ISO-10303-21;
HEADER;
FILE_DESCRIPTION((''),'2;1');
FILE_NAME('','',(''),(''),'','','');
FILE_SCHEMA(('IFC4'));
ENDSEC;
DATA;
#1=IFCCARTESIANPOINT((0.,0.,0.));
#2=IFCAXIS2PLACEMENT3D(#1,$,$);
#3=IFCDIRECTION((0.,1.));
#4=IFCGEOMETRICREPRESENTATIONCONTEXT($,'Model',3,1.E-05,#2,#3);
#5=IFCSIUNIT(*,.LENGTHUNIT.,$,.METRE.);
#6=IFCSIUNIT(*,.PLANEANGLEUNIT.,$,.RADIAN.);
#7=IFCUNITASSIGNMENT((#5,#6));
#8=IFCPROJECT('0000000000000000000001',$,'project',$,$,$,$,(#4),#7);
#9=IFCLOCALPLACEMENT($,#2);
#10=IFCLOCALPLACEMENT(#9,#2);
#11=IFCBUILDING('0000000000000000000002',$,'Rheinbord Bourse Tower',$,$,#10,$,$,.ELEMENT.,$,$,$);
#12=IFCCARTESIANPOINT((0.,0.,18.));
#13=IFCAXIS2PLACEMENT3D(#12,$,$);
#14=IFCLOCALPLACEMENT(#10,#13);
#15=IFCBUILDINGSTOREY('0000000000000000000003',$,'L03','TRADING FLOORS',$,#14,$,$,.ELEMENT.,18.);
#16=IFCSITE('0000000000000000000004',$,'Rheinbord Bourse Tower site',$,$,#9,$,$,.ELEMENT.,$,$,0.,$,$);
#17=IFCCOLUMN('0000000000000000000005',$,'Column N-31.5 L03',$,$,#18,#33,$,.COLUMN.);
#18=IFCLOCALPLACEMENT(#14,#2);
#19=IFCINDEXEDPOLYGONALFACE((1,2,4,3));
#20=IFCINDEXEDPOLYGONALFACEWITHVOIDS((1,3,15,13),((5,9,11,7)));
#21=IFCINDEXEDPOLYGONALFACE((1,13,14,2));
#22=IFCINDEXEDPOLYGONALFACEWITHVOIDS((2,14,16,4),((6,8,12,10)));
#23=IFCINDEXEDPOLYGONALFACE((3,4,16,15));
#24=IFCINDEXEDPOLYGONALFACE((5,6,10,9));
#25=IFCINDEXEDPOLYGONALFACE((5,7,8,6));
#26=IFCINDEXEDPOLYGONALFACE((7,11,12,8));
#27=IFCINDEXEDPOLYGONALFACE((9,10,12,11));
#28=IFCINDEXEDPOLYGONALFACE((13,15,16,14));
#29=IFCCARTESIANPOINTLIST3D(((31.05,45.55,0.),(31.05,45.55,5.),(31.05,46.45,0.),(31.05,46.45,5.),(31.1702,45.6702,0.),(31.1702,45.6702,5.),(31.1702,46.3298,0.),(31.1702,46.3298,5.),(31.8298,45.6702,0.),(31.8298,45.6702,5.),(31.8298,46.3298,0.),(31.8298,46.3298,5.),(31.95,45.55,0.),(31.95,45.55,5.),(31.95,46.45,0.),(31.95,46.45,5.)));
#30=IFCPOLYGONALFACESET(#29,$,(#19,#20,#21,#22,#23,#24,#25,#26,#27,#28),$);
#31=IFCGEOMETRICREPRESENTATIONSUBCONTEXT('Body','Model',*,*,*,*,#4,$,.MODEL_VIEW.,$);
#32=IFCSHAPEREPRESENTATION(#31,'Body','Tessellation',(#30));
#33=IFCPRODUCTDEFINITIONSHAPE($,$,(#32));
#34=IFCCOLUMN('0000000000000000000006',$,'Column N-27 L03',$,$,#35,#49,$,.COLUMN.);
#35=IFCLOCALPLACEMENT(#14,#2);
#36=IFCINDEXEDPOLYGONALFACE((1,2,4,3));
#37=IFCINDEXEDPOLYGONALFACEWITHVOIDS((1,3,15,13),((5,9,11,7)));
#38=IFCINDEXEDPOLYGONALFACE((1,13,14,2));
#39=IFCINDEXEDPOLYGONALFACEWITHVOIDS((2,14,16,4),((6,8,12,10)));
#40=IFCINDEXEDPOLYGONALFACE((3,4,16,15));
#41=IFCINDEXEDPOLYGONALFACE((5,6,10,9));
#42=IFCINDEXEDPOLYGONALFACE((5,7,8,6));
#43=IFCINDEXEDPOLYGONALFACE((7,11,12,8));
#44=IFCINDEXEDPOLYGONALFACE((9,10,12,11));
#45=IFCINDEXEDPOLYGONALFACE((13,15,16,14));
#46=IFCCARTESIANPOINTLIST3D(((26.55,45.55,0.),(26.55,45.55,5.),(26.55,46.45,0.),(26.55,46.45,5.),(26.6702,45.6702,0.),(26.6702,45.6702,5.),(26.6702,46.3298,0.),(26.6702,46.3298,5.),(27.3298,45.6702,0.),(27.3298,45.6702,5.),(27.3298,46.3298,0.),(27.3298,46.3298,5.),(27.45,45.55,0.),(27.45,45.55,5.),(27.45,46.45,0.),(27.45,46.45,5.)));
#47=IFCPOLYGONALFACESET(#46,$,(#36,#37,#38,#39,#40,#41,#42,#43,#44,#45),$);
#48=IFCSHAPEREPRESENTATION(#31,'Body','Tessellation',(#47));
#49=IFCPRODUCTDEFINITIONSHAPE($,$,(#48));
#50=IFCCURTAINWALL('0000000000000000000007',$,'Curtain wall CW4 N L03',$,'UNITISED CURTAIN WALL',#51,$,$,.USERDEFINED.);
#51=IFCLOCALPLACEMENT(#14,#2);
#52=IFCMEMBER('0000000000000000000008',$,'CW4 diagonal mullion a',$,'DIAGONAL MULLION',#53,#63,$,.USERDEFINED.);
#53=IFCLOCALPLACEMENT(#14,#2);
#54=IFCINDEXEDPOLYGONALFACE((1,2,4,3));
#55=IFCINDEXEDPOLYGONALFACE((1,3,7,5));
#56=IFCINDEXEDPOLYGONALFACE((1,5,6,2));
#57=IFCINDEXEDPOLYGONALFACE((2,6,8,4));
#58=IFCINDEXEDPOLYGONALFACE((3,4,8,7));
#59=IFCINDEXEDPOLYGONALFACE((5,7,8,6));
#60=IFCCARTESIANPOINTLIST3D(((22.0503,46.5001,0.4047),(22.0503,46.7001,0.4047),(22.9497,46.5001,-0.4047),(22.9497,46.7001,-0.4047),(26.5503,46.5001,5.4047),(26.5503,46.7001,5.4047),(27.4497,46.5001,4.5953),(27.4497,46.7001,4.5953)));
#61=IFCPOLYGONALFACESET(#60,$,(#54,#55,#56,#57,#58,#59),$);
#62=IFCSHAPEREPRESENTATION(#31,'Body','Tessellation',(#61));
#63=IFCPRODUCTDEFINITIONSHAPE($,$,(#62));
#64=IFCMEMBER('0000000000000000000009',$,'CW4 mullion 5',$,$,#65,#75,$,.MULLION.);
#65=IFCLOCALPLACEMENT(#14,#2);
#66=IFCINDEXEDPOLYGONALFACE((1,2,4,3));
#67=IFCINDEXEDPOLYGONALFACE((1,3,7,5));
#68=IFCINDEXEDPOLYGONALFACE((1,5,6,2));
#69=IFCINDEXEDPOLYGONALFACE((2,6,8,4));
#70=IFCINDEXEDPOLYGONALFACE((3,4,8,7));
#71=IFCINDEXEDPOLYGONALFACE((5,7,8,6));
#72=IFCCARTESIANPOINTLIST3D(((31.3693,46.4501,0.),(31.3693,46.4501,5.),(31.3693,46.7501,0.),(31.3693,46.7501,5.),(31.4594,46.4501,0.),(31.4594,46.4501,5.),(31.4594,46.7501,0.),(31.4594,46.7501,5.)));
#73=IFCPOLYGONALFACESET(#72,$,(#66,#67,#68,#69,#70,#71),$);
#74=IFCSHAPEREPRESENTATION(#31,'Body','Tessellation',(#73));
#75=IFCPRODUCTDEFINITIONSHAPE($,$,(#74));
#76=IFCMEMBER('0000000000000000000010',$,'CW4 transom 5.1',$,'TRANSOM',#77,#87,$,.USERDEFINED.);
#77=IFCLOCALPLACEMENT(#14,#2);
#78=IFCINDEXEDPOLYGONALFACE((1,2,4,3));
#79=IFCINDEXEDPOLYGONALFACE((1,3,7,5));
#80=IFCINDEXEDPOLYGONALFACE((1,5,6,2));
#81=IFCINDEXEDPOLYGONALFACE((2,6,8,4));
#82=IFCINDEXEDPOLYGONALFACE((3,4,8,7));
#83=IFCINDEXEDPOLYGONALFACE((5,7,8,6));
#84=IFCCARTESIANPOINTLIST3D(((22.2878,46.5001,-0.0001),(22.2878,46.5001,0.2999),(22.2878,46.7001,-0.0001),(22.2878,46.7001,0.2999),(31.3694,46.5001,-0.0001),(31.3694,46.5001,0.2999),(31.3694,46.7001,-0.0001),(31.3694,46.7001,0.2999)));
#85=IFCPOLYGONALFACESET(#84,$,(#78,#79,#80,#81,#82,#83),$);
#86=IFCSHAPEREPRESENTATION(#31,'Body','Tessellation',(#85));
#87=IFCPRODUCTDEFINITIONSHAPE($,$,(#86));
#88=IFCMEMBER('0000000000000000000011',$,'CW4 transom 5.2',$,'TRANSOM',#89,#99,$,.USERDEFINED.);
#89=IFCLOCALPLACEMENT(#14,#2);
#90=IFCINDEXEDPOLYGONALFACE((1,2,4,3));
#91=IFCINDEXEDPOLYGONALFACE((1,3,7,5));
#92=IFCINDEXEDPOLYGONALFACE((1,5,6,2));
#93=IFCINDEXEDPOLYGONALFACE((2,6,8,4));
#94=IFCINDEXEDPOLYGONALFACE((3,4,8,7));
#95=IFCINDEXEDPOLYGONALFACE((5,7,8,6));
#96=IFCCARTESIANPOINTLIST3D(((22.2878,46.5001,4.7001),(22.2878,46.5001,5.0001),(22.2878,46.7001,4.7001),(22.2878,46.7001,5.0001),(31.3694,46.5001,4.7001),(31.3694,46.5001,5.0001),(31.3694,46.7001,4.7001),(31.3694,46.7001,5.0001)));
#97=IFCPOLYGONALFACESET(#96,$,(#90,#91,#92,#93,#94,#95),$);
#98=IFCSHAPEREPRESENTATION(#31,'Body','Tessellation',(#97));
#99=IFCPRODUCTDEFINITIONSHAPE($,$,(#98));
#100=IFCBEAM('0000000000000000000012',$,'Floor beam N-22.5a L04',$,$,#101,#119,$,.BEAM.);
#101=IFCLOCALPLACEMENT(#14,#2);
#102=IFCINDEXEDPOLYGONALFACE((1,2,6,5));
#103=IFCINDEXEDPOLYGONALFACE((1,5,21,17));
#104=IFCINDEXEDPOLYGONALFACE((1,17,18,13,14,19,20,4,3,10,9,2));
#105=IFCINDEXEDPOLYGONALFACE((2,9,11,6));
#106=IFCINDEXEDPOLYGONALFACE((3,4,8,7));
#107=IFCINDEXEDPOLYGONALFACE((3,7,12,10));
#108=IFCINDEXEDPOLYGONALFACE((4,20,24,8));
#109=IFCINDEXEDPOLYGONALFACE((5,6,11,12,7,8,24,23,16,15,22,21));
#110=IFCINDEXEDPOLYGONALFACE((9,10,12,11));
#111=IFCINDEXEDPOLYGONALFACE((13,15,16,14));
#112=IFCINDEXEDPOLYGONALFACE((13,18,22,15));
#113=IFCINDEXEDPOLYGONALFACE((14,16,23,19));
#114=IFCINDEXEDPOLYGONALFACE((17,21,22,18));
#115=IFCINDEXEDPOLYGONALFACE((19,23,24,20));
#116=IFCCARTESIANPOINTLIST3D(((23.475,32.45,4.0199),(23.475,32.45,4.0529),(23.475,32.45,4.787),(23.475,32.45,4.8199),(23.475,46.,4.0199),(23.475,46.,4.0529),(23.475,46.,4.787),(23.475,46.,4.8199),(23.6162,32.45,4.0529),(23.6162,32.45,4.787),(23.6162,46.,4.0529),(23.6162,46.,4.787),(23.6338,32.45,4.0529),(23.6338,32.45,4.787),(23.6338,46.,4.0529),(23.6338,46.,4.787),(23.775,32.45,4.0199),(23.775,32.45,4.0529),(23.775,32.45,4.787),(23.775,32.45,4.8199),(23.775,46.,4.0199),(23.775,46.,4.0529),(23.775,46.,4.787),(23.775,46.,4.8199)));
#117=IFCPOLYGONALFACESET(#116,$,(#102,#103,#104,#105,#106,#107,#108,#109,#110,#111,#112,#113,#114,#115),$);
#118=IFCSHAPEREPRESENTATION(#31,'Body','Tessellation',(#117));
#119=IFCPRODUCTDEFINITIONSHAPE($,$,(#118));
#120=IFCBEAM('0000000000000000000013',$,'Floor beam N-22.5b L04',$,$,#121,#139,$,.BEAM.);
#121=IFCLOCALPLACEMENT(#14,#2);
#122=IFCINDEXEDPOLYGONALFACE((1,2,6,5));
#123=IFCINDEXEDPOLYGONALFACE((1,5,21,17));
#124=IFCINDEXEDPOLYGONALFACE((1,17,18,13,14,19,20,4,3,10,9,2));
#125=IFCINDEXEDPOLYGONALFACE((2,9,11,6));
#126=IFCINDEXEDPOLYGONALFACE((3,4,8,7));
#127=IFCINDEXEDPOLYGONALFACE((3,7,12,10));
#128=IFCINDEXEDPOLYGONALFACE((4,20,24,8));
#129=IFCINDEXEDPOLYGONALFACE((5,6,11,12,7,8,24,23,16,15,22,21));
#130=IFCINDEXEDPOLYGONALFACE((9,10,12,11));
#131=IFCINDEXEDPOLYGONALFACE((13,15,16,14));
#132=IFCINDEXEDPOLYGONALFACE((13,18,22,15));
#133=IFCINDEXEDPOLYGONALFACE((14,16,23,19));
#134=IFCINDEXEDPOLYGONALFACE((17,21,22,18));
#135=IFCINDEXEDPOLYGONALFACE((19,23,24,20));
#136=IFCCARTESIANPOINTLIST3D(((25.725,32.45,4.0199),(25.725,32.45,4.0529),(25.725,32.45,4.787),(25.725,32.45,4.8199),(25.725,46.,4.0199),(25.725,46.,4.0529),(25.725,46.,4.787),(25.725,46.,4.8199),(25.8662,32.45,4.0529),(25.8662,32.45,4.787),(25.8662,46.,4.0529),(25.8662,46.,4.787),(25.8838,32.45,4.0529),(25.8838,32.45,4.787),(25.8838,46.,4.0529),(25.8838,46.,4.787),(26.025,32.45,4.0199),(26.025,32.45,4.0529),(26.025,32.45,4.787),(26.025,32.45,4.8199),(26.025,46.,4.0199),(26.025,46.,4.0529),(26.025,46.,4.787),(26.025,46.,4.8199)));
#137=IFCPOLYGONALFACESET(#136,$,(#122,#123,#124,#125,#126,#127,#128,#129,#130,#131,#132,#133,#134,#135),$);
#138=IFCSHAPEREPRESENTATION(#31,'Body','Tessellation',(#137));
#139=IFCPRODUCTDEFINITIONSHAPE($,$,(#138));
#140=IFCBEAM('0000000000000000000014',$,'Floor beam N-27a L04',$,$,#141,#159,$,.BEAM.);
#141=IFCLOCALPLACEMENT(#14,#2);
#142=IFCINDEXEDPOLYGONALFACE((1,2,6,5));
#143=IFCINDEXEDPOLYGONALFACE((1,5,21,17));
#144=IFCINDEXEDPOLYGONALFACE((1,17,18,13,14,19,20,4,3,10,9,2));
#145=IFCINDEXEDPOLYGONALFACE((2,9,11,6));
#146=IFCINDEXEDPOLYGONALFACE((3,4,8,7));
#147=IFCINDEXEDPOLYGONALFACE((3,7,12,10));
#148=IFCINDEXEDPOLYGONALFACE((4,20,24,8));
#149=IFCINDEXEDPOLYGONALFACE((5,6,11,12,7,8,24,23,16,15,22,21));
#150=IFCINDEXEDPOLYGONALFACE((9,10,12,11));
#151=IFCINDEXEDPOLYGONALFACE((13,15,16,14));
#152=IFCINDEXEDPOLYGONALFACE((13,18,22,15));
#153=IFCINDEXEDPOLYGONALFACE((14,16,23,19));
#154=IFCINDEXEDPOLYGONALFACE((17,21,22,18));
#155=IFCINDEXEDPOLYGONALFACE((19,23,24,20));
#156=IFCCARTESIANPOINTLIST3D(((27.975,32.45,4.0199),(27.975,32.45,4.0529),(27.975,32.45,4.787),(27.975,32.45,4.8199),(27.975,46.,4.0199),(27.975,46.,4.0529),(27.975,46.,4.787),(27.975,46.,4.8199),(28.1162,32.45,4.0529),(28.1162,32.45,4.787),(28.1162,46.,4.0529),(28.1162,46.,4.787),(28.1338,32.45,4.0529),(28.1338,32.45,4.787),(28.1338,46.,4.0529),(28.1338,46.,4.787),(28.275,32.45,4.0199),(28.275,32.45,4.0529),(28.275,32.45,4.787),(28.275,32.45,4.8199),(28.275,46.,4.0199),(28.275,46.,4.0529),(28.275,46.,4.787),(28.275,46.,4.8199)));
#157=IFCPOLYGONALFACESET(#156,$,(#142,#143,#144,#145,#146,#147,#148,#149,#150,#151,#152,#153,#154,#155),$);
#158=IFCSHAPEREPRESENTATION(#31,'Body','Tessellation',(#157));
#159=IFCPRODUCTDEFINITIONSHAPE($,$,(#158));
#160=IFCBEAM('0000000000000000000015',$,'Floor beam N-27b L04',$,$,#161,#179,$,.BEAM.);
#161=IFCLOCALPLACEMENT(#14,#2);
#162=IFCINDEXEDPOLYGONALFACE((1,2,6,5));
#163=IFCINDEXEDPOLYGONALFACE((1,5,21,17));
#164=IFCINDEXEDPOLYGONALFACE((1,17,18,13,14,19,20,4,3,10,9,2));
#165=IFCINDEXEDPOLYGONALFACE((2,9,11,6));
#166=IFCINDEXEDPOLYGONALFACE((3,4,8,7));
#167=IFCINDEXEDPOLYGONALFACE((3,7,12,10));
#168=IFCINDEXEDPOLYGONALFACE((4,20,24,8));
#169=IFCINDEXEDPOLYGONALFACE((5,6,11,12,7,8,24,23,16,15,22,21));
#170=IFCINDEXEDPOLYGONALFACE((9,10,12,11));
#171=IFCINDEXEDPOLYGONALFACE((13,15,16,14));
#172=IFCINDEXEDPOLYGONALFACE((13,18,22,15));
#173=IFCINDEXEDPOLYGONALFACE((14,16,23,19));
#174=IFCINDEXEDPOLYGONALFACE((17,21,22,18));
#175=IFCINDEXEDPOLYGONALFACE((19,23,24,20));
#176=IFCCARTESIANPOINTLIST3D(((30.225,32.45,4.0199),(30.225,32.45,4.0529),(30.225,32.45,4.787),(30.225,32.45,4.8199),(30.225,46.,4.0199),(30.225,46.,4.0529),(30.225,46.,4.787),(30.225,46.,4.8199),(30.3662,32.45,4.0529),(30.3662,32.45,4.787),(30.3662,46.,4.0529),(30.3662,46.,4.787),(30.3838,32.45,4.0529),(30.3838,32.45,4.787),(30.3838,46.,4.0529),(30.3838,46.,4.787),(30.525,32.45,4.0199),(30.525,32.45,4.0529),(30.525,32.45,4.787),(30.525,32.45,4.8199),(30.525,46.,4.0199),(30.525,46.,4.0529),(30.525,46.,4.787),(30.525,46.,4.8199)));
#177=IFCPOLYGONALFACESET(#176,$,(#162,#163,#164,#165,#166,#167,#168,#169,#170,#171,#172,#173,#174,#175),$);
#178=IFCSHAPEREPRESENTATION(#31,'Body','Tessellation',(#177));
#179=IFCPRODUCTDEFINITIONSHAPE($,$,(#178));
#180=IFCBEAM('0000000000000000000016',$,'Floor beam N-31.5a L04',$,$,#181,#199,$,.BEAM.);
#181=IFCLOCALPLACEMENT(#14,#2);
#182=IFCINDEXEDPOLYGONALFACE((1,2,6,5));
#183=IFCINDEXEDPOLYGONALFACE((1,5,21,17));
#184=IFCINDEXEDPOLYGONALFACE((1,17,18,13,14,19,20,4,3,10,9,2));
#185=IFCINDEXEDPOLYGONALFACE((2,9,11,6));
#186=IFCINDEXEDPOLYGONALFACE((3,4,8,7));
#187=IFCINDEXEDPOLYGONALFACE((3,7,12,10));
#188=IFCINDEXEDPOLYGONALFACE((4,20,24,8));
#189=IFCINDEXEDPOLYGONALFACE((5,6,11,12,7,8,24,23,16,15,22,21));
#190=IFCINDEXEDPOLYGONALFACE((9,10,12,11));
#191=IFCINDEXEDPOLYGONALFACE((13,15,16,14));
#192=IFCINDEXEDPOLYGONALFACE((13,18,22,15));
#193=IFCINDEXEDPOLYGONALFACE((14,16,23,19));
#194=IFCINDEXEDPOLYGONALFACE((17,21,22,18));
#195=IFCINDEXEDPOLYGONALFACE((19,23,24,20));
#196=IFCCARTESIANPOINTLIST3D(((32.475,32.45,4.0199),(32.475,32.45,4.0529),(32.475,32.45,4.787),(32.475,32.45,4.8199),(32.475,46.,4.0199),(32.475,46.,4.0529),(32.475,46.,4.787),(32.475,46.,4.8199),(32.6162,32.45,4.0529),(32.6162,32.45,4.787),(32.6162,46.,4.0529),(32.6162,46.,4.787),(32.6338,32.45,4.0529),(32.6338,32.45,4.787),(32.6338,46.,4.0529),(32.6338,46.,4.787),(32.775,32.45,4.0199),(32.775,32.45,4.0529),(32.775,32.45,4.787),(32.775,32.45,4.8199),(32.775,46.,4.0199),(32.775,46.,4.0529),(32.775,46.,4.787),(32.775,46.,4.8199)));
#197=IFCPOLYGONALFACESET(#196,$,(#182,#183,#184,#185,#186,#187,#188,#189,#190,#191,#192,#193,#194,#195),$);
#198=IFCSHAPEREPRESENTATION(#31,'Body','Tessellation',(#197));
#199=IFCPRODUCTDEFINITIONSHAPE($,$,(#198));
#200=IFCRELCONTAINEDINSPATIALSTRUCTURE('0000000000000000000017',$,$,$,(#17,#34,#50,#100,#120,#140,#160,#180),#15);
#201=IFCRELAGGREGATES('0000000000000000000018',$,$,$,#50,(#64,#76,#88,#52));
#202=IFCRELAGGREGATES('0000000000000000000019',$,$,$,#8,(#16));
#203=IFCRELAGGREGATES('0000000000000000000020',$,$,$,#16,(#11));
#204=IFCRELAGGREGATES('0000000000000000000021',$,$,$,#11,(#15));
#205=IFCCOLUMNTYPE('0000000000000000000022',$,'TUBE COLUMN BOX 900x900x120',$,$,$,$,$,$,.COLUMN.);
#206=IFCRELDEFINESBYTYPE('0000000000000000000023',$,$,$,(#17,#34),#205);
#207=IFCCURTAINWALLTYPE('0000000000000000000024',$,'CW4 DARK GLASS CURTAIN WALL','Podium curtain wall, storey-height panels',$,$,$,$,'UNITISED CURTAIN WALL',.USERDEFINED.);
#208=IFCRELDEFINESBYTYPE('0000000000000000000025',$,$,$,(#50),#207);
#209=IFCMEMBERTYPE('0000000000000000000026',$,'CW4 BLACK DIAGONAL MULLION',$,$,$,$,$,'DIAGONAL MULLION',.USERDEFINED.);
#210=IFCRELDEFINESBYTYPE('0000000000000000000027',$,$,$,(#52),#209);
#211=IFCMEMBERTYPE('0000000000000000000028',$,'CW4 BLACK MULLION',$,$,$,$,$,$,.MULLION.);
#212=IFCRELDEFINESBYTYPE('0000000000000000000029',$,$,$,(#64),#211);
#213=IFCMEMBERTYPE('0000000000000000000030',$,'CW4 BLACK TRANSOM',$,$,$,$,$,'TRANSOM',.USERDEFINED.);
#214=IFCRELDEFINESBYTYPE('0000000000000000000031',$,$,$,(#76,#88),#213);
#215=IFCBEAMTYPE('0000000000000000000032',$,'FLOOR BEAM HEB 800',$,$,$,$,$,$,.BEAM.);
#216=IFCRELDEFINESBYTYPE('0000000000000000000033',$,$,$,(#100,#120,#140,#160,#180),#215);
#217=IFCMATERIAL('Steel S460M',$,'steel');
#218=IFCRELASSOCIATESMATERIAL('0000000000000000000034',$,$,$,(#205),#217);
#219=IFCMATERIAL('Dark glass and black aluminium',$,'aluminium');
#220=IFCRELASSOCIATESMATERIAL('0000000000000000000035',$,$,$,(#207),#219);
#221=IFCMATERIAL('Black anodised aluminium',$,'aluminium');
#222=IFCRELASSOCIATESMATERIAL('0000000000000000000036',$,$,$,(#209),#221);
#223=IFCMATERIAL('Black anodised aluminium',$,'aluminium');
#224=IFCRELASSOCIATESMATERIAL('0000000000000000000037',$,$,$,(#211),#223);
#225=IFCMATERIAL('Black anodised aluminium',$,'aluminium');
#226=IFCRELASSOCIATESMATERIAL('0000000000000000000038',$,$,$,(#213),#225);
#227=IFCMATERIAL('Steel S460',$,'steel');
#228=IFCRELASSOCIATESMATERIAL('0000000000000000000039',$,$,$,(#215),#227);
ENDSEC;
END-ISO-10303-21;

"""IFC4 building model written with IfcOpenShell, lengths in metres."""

from ifc_helpers import new_model, si_unit, direction, frame, origin, origin_2d, place, context, subcontext, project, spatial, rectangle, hollow_rectangle, i_section, extrude, material, material_profile, profile_set, type_object, element, aggregate, save


model = new_model("IFC4")

# Units and contexts
model_context = context("Model", 3, precision=1e-05, world=origin(), true_north=direction((0.0, 1.0)))
body_context = subcontext(model_context, "Body", "Model", "MODEL_VIEW")
ifc_project = project(units=[si_unit("LENGTHUNIT", "METRE"), si_unit("PLANEANGLEUNIT", "RADIAN")], contexts=[model_context])

# Site, building, storey
site_placement = place(None, origin())
site = spatial("IfcSite", under=ifc_project, at=site_placement, Name="Rheinbord Bourse Tower site", CompositionType="ELEMENT", RefElevation=0.0)
building_placement = place(site_placement, origin())
building = spatial("IfcBuilding", under=site, at=building_placement, Name="Rheinbord Bourse Tower", CompositionType="ELEMENT")
storey_placement = place(building_placement, frame((0.0, 0.0, 18.0)))
storey = spatial("IfcBuildingStorey", under=building, at=storey_placement, Name="L03", Description="TRADING FLOORS", CompositionType="ELEMENT", Elevation=18.0)

# Columns
ifc_material_1 = material(Name="Steel S460M", Category="steel")
ifc_material_profile_1 = material_profile(ifc_material_1, hollow_rectangle(XDim=0.8999, YDim=0.8999, WallThickness=0.1201, at=origin_2d()), Name="BOX 900x900x120")
ifc_profile_set_1 = profile_set([ifc_material_profile_1], Name="Steel S460M")
column_type = type_object("IfcColumnType", Name="TUBE COLUMN BOX 900x900x120", PredefinedType="COLUMN", material=ifc_profile_set_1)
for number, where, z_axis, x_axis, name in (
    (1, (31.5, 46.0, 0.0), (0.0, 0.0, 1.0), (0.0, 1.0, 0.0), "Column N-31.5 L03"),
    (2, (27.0, 46.0, 0.0), (0.0, 0.0, 1.0), (0.0, 1.0, 0.0), "Column N-27 L03"),
):
    element("IfcColumn", number, at=place(storey_placement, frame(where, z_axis=z_axis, x_axis=x_axis)), inside=storey, type_object=column_type, Name=name, PredefinedType="COLUMN", context=body_context, shape_type="SweptSolid", body=[
        extrude(hollow_rectangle(XDim=0.8999, YDim=0.8999, WallThickness=0.1201, at=origin_2d()), origin(), (0.0, 0.0, 1.0), 5.0),
    ])

# Curtain wall, members
ifc_material_2 = material(Name="Dark glass and black aluminium", Category="aluminium")
curtain_wall_type = type_object("IfcCurtainWallType", Name="CW4 DARK GLASS CURTAIN WALL", Description="Podium curtain wall, storey-height panels", ElementType="UNITISED CURTAIN WALL", PredefinedType="USERDEFINED", material=ifc_material_2)
curtain_wall_placement = place(storey_placement, origin())
curtain_wall = element("IfcCurtainWall", 3, at=curtain_wall_placement, inside=storey, type_object=curtain_wall_type, Name="Curtain wall CW4 N L03", ObjectType="UNITISED CURTAIN WALL", PredefinedType="USERDEFINED")
ifc_material_3 = material(Name="Black anodised aluminium", Category="aluminium")
ifc_material_profile_2 = material_profile(ifc_material_3, rectangle(XDim=0.2, YDim=1.21, at=origin_2d()), Name="CW4 DIAGONAL MULLION 1210x200")
ifc_profile_set_2 = profile_set([ifc_material_profile_2], Name="Black anodised aluminium")
member_type_1 = type_object("IfcMemberType", Name="CW4 BLACK DIAGONAL MULLION", ElementType="DIAGONAL MULLION", PredefinedType="USERDEFINED", material=ifc_profile_set_2)
member_1_placement = place(storey_placement, frame((22.5, 46.6001, 0.0), z_axis=(0.668965, 0.0, 0.743294), x_axis=(0.0, 1.0, 0.0)))
member_1 = element("IfcMember", 4, at=member_1_placement, type_object=member_type_1, Name="CW4 diagonal mullion a", ObjectType="DIAGONAL MULLION", PredefinedType="USERDEFINED", context=body_context, shape_type="SweptSolid", body=[
    extrude(rectangle(XDim=0.2, YDim=1.21, at=origin_2d()), origin(), (0.0, 0.0, 1.0), 6.7268),
])
ifc_material_4 = material(Name="Black anodised aluminium", Category="aluminium")
ifc_material_profile_3 = material_profile(ifc_material_4, rectangle(XDim=0.3, YDim=0.0901, at=origin_2d()), Name="CW4 MULLION 90x300")
ifc_profile_set_3 = profile_set([ifc_material_profile_3], Name="Black anodised aluminium")
member_type_2 = type_object("IfcMemberType", Name="CW4 BLACK MULLION", PredefinedType="MULLION", material=ifc_profile_set_3)
member_2_placement = place(storey_placement, frame((31.4143, 46.6001, 0.0), z_axis=(0.0, 0.0, 1.0), x_axis=(0.0, -1.0, 0.0)))
member_2 = element("IfcMember", 5, at=member_2_placement, type_object=member_type_2, Name="CW4 mullion 5", PredefinedType="MULLION", context=body_context, shape_type="SweptSolid", body=[
    extrude(rectangle(XDim=0.3, YDim=0.0901, at=origin_2d()), origin(), (0.0, 0.0, 1.0), 5.0),
])
ifc_material_5 = material(Name="Black anodised aluminium", Category="aluminium")
ifc_material_profile_4 = material_profile(ifc_material_5, rectangle(XDim=0.2, YDim=0.3, at=origin_2d()), Name="CW4 TRANSOM 300x200")
ifc_profile_set_4 = profile_set([ifc_material_profile_4], Name="Black anodised aluminium")
member_type_3 = type_object("IfcMemberType", Name="CW4 BLACK TRANSOM", ElementType="TRANSOM", PredefinedType="USERDEFINED", material=ifc_profile_set_4)
member_3_placement = place(storey_placement, frame((31.3694, 46.6001, 0.1499), z_axis=(-1.0, 0.0, 0.0), x_axis=(0.0, -1.0, 0.0)))
member_3 = element("IfcMember", 6, at=member_3_placement, type_object=member_type_3, Name="CW4 transom 5.1", ObjectType="TRANSOM", PredefinedType="USERDEFINED", context=body_context, shape_type="SweptSolid", body=[
    extrude(rectangle(XDim=0.2, YDim=0.3, at=origin_2d()), origin(), (0.0, 0.0, 1.0), 9.0815),
])
member_4_placement = place(storey_placement, frame((31.3694, 46.6001, 4.8501), z_axis=(-1.0, 0.0, 0.0), x_axis=(0.0, -1.0, 0.0)))
member_4 = element("IfcMember", 7, at=member_4_placement, type_object=member_type_3, Name="CW4 transom 5.2", ObjectType="TRANSOM", PredefinedType="USERDEFINED", context=body_context, shape_type="SweptSolid", body=[
    extrude(rectangle(XDim=0.2, YDim=0.3, at=origin_2d()), origin(), (0.0, 0.0, 1.0), 9.0815),
])

# Beams
ifc_material_6 = material(Name="Steel S460", Category="steel")
ifc_material_profile_5 = material_profile(ifc_material_6, i_section(OverallWidth=0.3, OverallDepth=0.8, WebThickness=0.0176, FlangeThickness=0.033, at=origin_2d()), Name="HEB 800")
ifc_profile_set_5 = profile_set([ifc_material_profile_5], Name="Steel S460")
beam_type_1 = type_object("IfcBeamType", Name="FLOOR BEAM HEB 800", PredefinedType="BEAM", material=ifc_profile_set_5)
for number, where, z_axis, x_axis, name in (
    (8, (23.625, 46.0, 4.4199), (0.0, -1.0, 0.0), (1.0, 0.0, 0.0), "Floor beam N-22.5a L04"),
    (9, (25.875, 46.0, 4.4199), (0.0, -1.0, 0.0), (1.0, 0.0, 0.0), "Floor beam N-22.5b L04"),
    (10, (28.125, 46.0, 4.4199), (0.0, -1.0, 0.0), (1.0, 0.0, 0.0), "Floor beam N-27a L04"),
    (11, (30.375, 46.0, 4.4199), (0.0, -1.0, 0.0), (1.0, 0.0, 0.0), "Floor beam N-27b L04"),
    (12, (32.625, 46.0, 4.4199), (0.0, -1.0, 0.0), (1.0, 0.0, 0.0), "Floor beam N-31.5a L04"),
):
    element("IfcBeam", number, at=place(storey_placement, frame(where, z_axis=z_axis, x_axis=x_axis)), inside=storey, type_object=beam_type_1, Name=name, PredefinedType="BEAM", context=body_context, shape_type="SweptSolid", body=[
        extrude(i_section(OverallWidth=0.3, OverallDepth=0.8, WebThickness=0.0176, FlangeThickness=0.033, at=origin_2d()), origin(), (0.0, 0.0, 1.0), 13.55),
    ])

aggregate(curtain_wall, [member_2, member_3, member_4, member_1])

save(model, "model.ifc")
